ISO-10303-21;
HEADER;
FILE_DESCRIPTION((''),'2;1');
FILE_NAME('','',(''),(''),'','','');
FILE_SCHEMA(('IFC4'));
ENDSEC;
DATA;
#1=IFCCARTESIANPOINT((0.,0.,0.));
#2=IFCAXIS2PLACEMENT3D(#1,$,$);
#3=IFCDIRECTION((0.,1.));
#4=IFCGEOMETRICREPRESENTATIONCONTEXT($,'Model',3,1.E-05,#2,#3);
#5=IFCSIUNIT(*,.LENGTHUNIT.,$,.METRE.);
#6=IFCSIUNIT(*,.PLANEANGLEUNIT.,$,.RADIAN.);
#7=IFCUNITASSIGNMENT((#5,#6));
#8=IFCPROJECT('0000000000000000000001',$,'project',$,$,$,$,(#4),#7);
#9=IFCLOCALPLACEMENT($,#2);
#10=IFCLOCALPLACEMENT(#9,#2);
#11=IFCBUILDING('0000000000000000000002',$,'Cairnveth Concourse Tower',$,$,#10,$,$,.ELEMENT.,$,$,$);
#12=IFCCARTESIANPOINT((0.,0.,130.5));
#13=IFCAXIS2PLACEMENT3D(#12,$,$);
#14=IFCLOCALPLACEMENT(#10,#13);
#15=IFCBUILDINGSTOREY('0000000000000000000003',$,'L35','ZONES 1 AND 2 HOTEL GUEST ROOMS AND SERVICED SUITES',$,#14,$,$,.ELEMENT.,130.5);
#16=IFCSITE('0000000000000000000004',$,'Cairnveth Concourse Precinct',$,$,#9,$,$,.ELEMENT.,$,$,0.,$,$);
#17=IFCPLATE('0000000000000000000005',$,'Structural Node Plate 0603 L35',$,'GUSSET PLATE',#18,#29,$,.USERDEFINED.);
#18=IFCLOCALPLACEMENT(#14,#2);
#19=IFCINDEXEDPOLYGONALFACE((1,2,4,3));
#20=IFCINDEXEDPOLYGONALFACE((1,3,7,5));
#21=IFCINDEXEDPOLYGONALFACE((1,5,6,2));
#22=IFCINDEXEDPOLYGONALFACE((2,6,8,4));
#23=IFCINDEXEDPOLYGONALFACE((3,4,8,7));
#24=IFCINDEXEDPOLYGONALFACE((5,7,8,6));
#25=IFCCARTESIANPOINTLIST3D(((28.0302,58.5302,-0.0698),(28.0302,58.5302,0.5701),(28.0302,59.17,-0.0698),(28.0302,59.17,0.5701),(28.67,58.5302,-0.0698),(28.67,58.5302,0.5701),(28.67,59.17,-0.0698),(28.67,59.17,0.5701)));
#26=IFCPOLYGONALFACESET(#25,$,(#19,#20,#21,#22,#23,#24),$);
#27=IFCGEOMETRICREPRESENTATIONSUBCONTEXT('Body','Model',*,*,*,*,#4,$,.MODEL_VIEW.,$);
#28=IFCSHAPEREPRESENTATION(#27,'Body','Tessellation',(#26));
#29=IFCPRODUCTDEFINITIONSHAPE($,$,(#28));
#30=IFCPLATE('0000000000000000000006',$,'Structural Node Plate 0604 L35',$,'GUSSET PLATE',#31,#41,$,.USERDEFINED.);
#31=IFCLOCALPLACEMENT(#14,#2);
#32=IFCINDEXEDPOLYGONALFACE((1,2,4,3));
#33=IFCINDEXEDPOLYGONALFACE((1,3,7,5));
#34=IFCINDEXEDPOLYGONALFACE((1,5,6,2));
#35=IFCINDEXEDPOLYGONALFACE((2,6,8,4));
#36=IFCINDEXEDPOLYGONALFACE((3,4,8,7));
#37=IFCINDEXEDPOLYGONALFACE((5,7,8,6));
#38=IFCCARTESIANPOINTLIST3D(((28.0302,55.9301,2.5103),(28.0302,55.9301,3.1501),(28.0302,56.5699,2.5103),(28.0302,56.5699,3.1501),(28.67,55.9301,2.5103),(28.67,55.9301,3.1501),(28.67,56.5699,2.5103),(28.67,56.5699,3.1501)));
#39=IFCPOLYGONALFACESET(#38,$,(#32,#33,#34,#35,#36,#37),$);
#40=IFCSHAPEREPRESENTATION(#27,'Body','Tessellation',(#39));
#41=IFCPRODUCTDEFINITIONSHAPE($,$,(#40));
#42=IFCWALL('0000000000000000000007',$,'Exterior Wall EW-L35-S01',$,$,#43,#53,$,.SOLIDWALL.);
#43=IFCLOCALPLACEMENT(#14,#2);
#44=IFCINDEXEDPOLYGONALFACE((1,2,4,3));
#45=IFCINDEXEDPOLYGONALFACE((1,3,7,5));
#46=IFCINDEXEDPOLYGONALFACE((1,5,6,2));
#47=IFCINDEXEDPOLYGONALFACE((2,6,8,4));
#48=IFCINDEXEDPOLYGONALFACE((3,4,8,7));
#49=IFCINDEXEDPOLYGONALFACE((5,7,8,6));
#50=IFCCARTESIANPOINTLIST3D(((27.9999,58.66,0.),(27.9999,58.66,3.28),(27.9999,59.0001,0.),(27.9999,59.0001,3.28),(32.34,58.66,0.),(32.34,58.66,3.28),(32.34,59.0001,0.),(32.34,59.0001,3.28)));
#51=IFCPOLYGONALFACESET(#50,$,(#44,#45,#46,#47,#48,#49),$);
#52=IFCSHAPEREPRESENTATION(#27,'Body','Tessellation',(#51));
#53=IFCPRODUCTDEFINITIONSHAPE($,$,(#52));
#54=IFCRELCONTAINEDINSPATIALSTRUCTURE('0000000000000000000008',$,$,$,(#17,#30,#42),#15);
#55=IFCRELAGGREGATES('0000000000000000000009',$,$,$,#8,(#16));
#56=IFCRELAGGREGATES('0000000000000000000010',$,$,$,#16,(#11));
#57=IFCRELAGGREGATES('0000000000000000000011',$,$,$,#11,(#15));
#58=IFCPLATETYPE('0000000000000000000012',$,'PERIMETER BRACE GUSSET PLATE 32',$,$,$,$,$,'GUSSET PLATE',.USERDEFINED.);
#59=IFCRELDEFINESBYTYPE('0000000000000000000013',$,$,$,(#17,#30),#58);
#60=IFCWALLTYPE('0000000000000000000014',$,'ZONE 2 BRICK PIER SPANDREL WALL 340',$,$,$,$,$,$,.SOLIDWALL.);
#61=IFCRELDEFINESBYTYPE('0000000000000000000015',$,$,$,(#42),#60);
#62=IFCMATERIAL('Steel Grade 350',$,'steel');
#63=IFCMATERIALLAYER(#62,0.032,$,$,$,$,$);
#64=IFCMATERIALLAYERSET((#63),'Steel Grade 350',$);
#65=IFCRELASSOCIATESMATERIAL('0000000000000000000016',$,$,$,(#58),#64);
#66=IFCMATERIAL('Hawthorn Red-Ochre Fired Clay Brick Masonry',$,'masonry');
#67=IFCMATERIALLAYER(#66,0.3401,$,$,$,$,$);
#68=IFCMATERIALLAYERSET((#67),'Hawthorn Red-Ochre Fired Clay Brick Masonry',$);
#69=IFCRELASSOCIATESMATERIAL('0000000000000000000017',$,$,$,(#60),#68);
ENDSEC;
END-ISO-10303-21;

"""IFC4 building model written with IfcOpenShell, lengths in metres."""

from ifc_helpers import new_model, si_unit, direction, frame, frame_2d, origin, origin_2d, place, context, subcontext, project, spatial, rectangle, extrude, material, layer, layer_set, type_object, element, save


model = new_model("IFC4")

# Units and contexts
model_context = context("Model", 3, precision=1e-05, world=origin(), true_north=direction((0.0, 1.0)))
body_context = subcontext(model_context, "Body", "Model", "MODEL_VIEW")
ifc_project = project(units=[si_unit("LENGTHUNIT", "METRE"), si_unit("PLANEANGLEUNIT", "RADIAN")], contexts=[model_context])

# Site, building, storey
site_placement = place(None, origin())
site = spatial("IfcSite", under=ifc_project, at=site_placement, Name="Cairnveth Concourse Precinct", CompositionType="ELEMENT", RefElevation=0.0)
building_placement = place(site_placement, origin())
building = spatial("IfcBuilding", under=site, at=building_placement, Name="Cairnveth Concourse Tower", CompositionType="ELEMENT")
storey_placement = place(building_placement, frame((0.0, 0.0, 130.5)))
storey = spatial("IfcBuildingStorey", under=building, at=storey_placement, Name="L35", Description="ZONES 1 AND 2 HOTEL GUEST ROOMS AND SERVICED SUITES", CompositionType="ELEMENT", Elevation=130.5)

# Shared definitions
ifc_material_1 = material(Name="Steel Grade 350", Category="steel")

# Plates
ifc_layer_1 = layer(ifc_material_1, 0.032)
ifc_layer_set_1 = layer_set([ifc_layer_1], Name="Steel Grade 350")
plate_type = type_object("IfcPlateType", Name="PERIMETER BRACE GUSSET PLATE 32", ElementType="GUSSET PLATE", PredefinedType="USERDEFINED", material=ifc_layer_set_1)
for number, where, z_axis, x_axis, name in (
    (1, (28.3501, 58.8501, -0.0698), (0.0, 0.0, 1.0), (1.0, 0.0, 0.0), "Structural Node Plate 0603 L35"),
    (2, (28.3501, 56.25, 2.5103), (0.0, 0.0, 1.0), (1.0, 0.0, 0.0), "Structural Node Plate 0604 L35"),
):
    element("IfcPlate", number, at=place(storey_placement, frame(where, z_axis=z_axis, x_axis=x_axis)), inside=storey, type_object=plate_type, Name=name, ObjectType="GUSSET PLATE", PredefinedType="USERDEFINED", context=body_context, shape_type="SweptSolid", body=[
        extrude(rectangle(XDim=0.6399, YDim=0.6399, at=origin_2d()), origin(), (0.0, 0.0, 1.0), 0.6399),
    ])

# Wall
ifc_material_2 = material(Name="Hawthorn Red-Ochre Fired Clay Brick Masonry", Category="masonry")
ifc_layer_2 = layer(ifc_material_2, 0.3401)
ifc_layer_set_2 = layer_set([ifc_layer_2], Name="Hawthorn Red-Ochre Fired Clay Brick Masonry")
wall_type = type_object("IfcWallType", Name="ZONE 2 BRICK PIER SPANDREL WALL 340", PredefinedType="SOLIDWALL", material=ifc_layer_set_2)
wall_1_placement = place(storey_placement, frame((28.0, 58.8301, 0.0), z_axis=(0.0, 0.0, 1.0), x_axis=(1.0, 0.0, 0.0)))
element("IfcWall", 3, at=wall_1_placement, inside=storey, type_object=wall_type, Name="Exterior Wall EW-L35-S01", PredefinedType="SOLIDWALL", context=body_context, shape_type="SweptSolid", body=[
    extrude(rectangle(XDim=4.3401, YDim=0.3401, at=frame_2d((2.1699, 0.0))), origin(), (0.0, 0.0, 1.0), 3.28),
])

save(model, "model.ifc")
